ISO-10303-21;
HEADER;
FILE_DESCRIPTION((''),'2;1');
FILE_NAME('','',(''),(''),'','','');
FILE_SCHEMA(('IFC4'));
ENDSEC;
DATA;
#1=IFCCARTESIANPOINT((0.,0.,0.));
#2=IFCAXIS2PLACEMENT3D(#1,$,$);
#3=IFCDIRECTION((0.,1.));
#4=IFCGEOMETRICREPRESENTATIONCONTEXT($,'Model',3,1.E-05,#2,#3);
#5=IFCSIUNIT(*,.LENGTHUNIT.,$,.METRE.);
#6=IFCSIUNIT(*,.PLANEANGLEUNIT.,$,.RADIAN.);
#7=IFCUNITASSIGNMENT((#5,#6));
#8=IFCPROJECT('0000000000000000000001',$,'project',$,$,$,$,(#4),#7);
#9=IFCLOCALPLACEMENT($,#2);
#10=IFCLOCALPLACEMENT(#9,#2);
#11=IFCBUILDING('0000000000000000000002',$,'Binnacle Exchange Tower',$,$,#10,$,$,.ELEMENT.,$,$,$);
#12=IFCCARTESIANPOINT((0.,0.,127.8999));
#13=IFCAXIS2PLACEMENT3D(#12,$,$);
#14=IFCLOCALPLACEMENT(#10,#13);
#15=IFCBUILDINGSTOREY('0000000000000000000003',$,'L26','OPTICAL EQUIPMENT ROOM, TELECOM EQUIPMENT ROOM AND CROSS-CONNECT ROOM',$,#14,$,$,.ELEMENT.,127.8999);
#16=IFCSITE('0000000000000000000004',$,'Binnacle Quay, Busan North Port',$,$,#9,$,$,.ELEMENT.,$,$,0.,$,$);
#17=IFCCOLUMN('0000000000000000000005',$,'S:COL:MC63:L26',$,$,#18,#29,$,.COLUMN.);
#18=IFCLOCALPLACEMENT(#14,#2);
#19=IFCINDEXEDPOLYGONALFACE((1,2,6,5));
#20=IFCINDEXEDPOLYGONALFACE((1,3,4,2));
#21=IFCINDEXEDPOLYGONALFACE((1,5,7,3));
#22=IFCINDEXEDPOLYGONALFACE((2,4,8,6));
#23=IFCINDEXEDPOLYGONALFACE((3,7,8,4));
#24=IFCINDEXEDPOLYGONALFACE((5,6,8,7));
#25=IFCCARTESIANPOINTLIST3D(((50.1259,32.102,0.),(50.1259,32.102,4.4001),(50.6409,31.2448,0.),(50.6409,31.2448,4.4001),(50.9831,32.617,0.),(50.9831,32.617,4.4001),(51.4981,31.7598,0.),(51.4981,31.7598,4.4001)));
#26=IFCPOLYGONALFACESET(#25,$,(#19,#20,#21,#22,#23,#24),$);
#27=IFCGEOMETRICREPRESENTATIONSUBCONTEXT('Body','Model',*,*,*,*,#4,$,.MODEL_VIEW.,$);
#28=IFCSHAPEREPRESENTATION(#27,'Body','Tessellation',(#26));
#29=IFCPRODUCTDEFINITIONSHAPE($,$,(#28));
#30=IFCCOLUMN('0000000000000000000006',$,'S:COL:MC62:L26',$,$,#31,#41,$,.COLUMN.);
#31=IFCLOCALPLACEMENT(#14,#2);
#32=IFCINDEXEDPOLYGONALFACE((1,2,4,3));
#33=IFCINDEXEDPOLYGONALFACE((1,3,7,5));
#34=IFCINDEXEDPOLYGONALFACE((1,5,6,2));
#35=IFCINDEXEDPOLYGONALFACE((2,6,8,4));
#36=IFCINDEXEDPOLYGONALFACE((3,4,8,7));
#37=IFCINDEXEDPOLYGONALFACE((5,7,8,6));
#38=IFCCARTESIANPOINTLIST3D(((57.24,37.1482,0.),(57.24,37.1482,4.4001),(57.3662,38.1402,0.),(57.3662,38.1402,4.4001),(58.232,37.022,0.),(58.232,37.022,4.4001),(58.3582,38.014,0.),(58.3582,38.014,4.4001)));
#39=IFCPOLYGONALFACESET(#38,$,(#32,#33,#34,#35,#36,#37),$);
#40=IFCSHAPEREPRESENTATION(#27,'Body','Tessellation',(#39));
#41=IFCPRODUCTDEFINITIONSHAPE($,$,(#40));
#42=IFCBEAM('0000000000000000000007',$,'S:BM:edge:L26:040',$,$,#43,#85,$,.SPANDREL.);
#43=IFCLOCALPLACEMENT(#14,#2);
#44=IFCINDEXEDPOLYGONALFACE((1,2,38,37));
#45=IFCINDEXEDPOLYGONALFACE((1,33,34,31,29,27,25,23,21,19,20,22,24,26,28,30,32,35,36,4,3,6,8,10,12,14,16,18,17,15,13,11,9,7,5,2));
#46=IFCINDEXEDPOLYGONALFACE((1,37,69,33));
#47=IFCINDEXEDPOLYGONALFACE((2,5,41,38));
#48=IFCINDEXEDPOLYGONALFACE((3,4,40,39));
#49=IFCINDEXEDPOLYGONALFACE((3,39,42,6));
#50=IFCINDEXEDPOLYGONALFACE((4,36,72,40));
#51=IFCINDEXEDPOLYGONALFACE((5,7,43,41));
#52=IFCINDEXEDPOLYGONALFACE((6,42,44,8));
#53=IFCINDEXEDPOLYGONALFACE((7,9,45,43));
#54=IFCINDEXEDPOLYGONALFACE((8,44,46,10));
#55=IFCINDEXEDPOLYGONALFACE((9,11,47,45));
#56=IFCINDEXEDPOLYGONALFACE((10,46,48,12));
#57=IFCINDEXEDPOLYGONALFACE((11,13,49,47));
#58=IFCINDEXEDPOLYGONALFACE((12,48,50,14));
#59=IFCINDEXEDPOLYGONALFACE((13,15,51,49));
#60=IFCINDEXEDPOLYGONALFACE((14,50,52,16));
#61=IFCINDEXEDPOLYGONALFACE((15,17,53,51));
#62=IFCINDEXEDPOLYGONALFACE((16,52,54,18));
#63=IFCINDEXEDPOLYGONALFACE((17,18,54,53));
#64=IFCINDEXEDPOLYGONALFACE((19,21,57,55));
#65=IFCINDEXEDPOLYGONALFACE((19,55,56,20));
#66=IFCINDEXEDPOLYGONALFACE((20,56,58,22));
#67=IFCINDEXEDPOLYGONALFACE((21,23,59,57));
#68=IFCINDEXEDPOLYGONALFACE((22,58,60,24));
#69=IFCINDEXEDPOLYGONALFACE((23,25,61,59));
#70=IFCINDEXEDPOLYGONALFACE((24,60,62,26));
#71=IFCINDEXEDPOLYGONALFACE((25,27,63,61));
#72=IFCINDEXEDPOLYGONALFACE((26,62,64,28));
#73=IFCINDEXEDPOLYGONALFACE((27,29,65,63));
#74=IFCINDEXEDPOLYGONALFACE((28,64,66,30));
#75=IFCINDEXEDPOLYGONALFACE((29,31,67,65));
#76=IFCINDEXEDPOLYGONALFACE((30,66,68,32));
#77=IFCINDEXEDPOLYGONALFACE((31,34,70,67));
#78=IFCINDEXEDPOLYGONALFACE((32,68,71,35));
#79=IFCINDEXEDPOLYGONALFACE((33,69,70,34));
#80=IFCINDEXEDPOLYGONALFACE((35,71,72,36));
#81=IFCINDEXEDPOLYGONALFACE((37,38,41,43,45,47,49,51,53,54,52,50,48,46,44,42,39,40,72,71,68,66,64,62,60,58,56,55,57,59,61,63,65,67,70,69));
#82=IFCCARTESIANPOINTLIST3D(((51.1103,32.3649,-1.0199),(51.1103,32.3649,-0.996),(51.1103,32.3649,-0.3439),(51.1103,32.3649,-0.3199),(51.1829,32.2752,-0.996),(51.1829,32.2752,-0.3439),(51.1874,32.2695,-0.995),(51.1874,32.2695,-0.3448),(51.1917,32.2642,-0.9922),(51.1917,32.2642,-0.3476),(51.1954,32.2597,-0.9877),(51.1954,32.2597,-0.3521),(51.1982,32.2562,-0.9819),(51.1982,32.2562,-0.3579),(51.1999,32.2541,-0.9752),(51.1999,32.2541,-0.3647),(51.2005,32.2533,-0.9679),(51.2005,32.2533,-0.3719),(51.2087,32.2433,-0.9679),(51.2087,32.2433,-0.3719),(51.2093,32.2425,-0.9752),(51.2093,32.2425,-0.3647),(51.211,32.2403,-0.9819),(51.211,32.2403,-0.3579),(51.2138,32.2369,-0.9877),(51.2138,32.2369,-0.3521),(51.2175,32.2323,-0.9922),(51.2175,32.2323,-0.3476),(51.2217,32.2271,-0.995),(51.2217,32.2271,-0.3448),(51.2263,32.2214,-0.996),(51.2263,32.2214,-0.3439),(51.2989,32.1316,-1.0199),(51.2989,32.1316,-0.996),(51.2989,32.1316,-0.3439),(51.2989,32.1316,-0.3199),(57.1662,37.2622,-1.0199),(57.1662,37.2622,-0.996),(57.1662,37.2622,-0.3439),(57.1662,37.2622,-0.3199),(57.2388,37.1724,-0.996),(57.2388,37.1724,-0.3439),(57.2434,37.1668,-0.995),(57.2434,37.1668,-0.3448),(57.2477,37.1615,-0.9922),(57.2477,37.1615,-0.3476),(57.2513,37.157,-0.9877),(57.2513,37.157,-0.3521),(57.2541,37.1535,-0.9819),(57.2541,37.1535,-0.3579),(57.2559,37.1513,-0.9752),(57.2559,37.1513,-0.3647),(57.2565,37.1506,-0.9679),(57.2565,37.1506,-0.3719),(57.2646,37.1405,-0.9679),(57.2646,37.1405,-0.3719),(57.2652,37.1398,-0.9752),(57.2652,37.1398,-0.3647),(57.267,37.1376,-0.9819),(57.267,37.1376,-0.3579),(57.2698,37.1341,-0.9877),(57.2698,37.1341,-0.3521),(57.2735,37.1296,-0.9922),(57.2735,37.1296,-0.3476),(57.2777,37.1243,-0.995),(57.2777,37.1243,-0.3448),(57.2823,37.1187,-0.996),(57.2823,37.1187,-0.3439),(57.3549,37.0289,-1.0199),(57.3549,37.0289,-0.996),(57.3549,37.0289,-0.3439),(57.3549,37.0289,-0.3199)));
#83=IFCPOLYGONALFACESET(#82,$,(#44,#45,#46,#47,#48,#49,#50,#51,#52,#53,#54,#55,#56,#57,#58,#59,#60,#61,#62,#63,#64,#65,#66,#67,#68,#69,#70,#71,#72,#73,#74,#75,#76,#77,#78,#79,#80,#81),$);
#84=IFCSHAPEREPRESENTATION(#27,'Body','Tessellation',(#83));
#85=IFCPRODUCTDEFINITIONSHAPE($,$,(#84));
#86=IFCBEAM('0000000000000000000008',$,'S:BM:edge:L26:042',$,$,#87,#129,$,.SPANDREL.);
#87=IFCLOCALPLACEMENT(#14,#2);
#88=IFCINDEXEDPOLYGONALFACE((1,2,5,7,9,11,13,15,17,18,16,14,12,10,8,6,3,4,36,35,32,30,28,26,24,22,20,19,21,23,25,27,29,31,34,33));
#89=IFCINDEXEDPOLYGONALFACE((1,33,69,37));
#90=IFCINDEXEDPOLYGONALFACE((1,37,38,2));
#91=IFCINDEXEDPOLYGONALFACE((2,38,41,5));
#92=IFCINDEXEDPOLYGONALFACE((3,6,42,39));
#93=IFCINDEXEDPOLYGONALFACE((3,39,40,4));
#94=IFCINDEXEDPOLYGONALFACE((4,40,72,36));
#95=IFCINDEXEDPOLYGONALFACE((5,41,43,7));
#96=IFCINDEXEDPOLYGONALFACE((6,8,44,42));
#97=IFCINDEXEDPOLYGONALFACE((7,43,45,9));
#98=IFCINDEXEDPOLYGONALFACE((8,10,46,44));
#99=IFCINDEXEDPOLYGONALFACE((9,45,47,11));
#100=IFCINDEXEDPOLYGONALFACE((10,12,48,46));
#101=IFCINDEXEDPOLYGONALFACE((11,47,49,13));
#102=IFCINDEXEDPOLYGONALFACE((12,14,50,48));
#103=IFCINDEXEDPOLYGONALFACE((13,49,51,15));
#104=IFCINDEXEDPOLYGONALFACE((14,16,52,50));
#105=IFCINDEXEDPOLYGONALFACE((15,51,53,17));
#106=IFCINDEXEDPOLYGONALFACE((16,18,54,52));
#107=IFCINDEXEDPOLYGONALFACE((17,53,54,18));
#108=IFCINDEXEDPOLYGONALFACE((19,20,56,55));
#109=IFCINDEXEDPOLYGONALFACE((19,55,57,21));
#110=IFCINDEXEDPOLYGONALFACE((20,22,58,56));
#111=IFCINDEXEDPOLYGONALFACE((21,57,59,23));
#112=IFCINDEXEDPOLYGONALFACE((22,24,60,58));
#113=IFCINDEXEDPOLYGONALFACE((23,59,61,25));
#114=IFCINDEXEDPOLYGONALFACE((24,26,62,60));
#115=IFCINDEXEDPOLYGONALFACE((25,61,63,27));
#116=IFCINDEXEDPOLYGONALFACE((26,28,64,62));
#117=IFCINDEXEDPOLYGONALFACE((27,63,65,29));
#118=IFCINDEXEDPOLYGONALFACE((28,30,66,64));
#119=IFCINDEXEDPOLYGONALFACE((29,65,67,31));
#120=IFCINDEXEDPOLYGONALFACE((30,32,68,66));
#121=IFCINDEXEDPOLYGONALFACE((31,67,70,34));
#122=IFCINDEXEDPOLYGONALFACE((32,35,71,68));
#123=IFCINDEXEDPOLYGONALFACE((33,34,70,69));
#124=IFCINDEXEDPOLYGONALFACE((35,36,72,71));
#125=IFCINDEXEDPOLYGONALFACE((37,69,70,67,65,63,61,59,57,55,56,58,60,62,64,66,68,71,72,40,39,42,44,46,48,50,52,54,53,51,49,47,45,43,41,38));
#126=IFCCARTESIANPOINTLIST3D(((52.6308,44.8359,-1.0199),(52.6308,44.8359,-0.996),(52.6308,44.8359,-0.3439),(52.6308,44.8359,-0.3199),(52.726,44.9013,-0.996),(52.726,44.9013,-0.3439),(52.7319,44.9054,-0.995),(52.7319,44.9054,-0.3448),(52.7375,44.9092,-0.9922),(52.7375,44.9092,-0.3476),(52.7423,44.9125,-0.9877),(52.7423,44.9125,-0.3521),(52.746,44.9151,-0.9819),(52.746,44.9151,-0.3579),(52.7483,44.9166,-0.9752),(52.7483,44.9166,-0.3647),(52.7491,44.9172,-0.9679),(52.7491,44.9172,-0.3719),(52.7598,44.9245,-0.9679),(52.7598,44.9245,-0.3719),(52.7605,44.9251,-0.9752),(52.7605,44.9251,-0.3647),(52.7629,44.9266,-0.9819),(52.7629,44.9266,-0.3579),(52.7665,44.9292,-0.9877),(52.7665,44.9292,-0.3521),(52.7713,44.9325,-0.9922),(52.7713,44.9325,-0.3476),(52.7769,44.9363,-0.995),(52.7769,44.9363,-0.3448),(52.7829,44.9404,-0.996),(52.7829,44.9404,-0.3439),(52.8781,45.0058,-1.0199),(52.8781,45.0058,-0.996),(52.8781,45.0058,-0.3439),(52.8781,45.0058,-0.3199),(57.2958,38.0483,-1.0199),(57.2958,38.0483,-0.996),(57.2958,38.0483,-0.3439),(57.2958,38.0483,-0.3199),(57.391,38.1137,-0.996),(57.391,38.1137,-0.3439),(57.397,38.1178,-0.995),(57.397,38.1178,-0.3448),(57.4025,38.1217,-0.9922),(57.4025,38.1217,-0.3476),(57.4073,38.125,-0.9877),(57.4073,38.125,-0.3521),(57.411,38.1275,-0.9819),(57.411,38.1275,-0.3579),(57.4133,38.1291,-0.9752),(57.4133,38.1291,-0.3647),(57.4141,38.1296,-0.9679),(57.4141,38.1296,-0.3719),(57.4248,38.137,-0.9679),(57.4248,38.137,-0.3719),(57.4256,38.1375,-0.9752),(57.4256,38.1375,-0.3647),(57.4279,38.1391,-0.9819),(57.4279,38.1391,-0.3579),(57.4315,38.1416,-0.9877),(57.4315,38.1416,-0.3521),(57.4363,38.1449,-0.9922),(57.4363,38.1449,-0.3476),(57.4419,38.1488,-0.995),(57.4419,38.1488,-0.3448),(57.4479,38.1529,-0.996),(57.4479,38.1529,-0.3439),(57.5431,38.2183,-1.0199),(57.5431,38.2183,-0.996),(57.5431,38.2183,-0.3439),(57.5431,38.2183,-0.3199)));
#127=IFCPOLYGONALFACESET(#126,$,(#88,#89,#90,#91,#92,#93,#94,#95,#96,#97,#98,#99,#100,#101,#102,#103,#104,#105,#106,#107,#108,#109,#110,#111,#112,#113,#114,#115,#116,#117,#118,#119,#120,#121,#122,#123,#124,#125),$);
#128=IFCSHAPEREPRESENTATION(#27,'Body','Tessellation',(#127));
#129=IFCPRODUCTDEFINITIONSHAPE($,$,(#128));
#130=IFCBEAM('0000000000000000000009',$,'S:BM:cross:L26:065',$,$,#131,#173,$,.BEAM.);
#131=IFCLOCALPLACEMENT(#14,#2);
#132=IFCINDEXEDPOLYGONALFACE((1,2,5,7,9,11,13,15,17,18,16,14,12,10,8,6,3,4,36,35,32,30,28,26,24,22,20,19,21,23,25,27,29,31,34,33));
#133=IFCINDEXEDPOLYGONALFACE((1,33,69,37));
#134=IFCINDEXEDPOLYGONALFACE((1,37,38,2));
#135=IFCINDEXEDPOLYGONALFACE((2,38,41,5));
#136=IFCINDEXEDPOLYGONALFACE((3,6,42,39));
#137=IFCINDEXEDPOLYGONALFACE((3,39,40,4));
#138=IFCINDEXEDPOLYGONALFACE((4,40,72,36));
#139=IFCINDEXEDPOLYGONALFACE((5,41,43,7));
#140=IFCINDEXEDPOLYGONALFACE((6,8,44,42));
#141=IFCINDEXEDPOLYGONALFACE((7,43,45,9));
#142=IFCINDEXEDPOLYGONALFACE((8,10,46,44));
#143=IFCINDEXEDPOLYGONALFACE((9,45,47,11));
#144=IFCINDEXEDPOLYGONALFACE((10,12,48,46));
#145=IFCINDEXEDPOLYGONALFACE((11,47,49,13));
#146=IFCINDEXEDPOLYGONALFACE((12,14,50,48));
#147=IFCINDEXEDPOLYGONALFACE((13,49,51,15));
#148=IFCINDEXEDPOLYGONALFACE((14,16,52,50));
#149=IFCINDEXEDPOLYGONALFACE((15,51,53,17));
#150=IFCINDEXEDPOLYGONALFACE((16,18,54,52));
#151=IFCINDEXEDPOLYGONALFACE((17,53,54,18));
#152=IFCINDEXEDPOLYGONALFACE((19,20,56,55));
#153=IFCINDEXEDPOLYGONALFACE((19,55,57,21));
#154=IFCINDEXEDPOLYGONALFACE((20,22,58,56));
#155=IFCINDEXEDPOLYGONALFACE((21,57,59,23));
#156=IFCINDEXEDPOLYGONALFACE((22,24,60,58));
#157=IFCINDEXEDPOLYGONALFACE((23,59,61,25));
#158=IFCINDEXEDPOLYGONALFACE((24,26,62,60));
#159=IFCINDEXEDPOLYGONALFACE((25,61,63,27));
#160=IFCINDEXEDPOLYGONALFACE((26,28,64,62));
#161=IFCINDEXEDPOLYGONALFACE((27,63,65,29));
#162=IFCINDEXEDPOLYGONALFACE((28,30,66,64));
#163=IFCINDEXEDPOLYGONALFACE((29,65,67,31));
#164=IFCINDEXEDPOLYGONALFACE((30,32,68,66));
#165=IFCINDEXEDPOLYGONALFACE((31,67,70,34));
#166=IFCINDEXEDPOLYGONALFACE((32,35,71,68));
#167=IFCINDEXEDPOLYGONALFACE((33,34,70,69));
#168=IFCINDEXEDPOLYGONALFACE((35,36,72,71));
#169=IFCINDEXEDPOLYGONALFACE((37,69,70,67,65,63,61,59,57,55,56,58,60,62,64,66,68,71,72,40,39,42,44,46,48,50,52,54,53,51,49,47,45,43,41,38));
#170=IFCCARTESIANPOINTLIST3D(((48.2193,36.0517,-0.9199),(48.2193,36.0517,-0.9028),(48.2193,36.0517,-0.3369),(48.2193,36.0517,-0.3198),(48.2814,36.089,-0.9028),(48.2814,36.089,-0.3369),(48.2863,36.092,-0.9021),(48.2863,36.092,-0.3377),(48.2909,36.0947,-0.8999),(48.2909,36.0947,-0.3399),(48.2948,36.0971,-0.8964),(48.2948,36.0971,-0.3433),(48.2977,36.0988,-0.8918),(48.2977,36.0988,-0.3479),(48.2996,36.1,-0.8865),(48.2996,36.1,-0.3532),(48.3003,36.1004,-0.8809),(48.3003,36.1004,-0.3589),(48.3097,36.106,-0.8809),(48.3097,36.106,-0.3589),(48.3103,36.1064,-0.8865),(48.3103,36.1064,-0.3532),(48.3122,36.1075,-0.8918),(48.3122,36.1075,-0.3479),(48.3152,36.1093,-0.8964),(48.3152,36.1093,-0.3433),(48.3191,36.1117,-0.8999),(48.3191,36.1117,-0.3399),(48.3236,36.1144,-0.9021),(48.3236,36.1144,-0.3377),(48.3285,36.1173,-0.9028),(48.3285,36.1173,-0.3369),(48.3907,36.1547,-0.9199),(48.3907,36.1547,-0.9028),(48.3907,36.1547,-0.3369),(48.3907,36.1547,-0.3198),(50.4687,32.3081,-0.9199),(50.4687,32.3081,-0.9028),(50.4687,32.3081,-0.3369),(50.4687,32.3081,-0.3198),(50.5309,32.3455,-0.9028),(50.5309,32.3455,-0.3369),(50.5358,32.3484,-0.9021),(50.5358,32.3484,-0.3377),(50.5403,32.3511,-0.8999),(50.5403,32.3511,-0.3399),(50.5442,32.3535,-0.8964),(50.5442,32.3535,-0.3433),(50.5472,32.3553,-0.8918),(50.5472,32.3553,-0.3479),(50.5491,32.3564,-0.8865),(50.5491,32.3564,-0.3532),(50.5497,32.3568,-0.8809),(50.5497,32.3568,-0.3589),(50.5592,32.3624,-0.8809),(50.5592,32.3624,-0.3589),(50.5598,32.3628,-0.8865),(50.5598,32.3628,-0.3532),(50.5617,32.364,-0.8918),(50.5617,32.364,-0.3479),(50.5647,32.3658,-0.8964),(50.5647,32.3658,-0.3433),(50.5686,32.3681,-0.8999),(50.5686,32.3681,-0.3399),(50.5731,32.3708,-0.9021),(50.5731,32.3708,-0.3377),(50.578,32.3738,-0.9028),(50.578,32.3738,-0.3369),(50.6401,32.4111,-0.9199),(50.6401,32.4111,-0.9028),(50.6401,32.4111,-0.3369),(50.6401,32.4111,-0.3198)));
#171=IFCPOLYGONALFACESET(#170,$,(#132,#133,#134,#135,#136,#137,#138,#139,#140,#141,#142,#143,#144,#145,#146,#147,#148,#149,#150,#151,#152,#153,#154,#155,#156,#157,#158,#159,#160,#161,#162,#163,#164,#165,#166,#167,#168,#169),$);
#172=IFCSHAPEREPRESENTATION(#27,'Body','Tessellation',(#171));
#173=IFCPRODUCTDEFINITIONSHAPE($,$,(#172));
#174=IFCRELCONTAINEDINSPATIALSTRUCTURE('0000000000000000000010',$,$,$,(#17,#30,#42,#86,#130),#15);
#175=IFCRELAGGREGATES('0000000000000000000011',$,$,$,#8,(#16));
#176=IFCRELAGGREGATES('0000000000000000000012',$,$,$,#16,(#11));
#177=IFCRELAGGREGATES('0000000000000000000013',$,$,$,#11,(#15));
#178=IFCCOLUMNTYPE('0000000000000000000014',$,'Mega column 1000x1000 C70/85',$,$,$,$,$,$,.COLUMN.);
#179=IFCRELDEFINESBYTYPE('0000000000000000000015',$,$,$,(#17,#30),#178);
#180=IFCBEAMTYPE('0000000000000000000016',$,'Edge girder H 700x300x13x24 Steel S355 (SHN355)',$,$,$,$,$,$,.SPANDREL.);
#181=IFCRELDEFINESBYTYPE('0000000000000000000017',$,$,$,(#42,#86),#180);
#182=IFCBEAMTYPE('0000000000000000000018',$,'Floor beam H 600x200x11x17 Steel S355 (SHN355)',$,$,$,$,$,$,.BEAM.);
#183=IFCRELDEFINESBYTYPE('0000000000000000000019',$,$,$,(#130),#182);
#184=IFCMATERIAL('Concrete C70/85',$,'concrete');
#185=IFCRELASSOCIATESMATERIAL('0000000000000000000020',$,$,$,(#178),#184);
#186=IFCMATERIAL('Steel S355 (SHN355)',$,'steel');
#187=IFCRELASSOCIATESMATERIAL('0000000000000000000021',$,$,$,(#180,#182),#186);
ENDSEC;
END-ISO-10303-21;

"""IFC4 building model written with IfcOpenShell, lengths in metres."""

from ifc_helpers import new_model, si_unit, direction, frame, origin, origin_2d, place, context, subcontext, project, spatial, rectangle, i_section, extrude, material, material_profile, profile_set, type_object, element, save


model = new_model("IFC4")

# Units and contexts
model_context = context("Model", 3, precision=1e-05, world=origin(), true_north=direction((0.0, 1.0)))
body_context = subcontext(model_context, "Body", "Model", "MODEL_VIEW")
ifc_project = project(units=[si_unit("LENGTHUNIT", "METRE"), si_unit("PLANEANGLEUNIT", "RADIAN")], contexts=[model_context])

# Site, building, storey
site_placement = place(None, origin())
site = spatial("IfcSite", under=ifc_project, at=site_placement, Name="Binnacle Quay, Busan North Port", CompositionType="ELEMENT", RefElevation=0.0)
building_placement = place(site_placement, origin())
building = spatial("IfcBuilding", under=site, at=building_placement, Name="Binnacle Exchange Tower", CompositionType="ELEMENT")
storey_placement = place(building_placement, frame((0.0, 0.0, 127.8999)))
storey = spatial("IfcBuildingStorey", under=building, at=storey_placement, Name="L26", Description="OPTICAL EQUIPMENT ROOM, TELECOM EQUIPMENT ROOM AND CROSS-CONNECT ROOM", CompositionType="ELEMENT", Elevation=127.8999)

# Columns
ifc_material_1 = material(Name="Concrete C70/85", Category="concrete")
ifc_material_profile_1 = material_profile(ifc_material_1, rectangle(XDim=1.0, YDim=1.0, at=origin_2d()), Name="Mega column 1000x1000 C70/85")
ifc_profile_set_1 = profile_set([ifc_material_profile_1], Name="Concrete C70/85")
column_type = type_object("IfcColumnType", Name="Mega column 1000x1000 C70/85", PredefinedType="COLUMN", material=ifc_profile_set_1)
for number, where, z_axis, x_axis, name in (
    (1, (50.812, 31.9309, 0.0), (0.0, 0.0, 1.0), (0.857167, 0.515038, 0.0), "S:COL:MC63:L26"),
    (2, (57.7991, 37.5811, 0.0), (0.0, 0.0, 1.0), (0.126199, 0.992005, 0.0), "S:COL:MC62:L26"),
):
    element("IfcColumn", number, at=place(storey_placement, frame(where, z_axis=z_axis, x_axis=x_axis)), inside=storey, type_object=column_type, Name=name, PredefinedType="COLUMN", context=body_context, shape_type="SweptSolid", body=[
        extrude(rectangle(XDim=1.0, YDim=1.0, at=origin_2d()), origin(), (0.0, 0.0, 1.0), 4.4001),
    ])

# Beams
ifc_material_2 = material(Name="Steel S355 (SHN355)", Category="steel")
ifc_material_profile_2 = material_profile(ifc_material_2, i_section(OverallWidth=0.3, OverallDepth=0.7, WebThickness=0.0129, FlangeThickness=0.0239, FilletRadius=0.0281, at=origin_2d()), Name="H 700x300x13x24")
ifc_profile_set_2 = profile_set([ifc_material_profile_2], Name="Steel S355 (SHN355)")
beam_type_1 = type_object("IfcBeamType", Name="Edge girder H 700x300x13x24 Steel S355 (SHN355)", PredefinedType="SPANDREL", material=ifc_profile_set_2)
beam_1_placement = place(storey_placement, frame((51.2046, 32.2483, -0.6699), z_axis=(0.77757, 0.628796, 0.0), x_axis=(-0.628796, 0.77757, 0.0)))
element("IfcBeam", 3, at=beam_1_placement, inside=storey, type_object=beam_type_1, Name="S:BM:edge:L26:040", PredefinedType="SPANDREL", context=body_context, shape_type="SweptSolid", body=[
    extrude(i_section(OverallWidth=0.3, OverallDepth=0.7, WebThickness=0.0129, FlangeThickness=0.0239, FilletRadius=0.0281, at=origin_2d()), origin(), (0.0, 0.0, 1.0), 7.7883),
])
beam_2_placement = place(storey_placement, frame((57.4194, 38.1333, -0.6699), z_axis=(-0.566411, 0.824123, 0.0), x_axis=(-0.824123, -0.566411, 0.0)))
element("IfcBeam", 4, at=beam_2_placement, inside=storey, type_object=beam_type_1, Name="S:BM:edge:L26:042", PredefinedType="SPANDREL", context=body_context, shape_type="SweptSolid", body=[
    extrude(i_section(OverallWidth=0.3, OverallDepth=0.7, WebThickness=0.0129, FlangeThickness=0.0239, FilletRadius=0.0281, at=origin_2d()), origin(), (0.0, 0.0, 1.0), 8.2361),
])
ifc_material_profile_3 = material_profile(ifc_material_2, i_section(OverallWidth=0.2, OverallDepth=0.6001, WebThickness=0.011, FlangeThickness=0.0171, FilletRadius=0.022, at=origin_2d()), Name="H 600x200x11x17")
ifc_profile_set_3 = profile_set([ifc_material_profile_3], Name="Steel S355 (SHN355)")
beam_type_2 = type_object("IfcBeamType", Name="Floor beam H 600x200x11x17 Steel S355 (SHN355)", PredefinedType="BEAM", material=ifc_profile_set_3)
beam_3_placement = place(storey_placement, frame((50.5544, 32.3596, -0.6199), z_axis=(-0.515055, 0.857157, 0.0), x_axis=(-0.857157, -0.515055, 0.0)))
element("IfcBeam", 5, at=beam_3_placement, inside=storey, type_object=beam_type_2, Name="S:BM:cross:L26:065", PredefinedType="BEAM", context=body_context, shape_type="SweptSolid", body=[
    extrude(i_section(OverallWidth=0.2, OverallDepth=0.6001, WebThickness=0.011, FlangeThickness=0.0171, FilletRadius=0.022, at=origin_2d()), origin(), (0.0, 0.0, 1.0), 4.3674),
])

save(model, "model.ifc")
